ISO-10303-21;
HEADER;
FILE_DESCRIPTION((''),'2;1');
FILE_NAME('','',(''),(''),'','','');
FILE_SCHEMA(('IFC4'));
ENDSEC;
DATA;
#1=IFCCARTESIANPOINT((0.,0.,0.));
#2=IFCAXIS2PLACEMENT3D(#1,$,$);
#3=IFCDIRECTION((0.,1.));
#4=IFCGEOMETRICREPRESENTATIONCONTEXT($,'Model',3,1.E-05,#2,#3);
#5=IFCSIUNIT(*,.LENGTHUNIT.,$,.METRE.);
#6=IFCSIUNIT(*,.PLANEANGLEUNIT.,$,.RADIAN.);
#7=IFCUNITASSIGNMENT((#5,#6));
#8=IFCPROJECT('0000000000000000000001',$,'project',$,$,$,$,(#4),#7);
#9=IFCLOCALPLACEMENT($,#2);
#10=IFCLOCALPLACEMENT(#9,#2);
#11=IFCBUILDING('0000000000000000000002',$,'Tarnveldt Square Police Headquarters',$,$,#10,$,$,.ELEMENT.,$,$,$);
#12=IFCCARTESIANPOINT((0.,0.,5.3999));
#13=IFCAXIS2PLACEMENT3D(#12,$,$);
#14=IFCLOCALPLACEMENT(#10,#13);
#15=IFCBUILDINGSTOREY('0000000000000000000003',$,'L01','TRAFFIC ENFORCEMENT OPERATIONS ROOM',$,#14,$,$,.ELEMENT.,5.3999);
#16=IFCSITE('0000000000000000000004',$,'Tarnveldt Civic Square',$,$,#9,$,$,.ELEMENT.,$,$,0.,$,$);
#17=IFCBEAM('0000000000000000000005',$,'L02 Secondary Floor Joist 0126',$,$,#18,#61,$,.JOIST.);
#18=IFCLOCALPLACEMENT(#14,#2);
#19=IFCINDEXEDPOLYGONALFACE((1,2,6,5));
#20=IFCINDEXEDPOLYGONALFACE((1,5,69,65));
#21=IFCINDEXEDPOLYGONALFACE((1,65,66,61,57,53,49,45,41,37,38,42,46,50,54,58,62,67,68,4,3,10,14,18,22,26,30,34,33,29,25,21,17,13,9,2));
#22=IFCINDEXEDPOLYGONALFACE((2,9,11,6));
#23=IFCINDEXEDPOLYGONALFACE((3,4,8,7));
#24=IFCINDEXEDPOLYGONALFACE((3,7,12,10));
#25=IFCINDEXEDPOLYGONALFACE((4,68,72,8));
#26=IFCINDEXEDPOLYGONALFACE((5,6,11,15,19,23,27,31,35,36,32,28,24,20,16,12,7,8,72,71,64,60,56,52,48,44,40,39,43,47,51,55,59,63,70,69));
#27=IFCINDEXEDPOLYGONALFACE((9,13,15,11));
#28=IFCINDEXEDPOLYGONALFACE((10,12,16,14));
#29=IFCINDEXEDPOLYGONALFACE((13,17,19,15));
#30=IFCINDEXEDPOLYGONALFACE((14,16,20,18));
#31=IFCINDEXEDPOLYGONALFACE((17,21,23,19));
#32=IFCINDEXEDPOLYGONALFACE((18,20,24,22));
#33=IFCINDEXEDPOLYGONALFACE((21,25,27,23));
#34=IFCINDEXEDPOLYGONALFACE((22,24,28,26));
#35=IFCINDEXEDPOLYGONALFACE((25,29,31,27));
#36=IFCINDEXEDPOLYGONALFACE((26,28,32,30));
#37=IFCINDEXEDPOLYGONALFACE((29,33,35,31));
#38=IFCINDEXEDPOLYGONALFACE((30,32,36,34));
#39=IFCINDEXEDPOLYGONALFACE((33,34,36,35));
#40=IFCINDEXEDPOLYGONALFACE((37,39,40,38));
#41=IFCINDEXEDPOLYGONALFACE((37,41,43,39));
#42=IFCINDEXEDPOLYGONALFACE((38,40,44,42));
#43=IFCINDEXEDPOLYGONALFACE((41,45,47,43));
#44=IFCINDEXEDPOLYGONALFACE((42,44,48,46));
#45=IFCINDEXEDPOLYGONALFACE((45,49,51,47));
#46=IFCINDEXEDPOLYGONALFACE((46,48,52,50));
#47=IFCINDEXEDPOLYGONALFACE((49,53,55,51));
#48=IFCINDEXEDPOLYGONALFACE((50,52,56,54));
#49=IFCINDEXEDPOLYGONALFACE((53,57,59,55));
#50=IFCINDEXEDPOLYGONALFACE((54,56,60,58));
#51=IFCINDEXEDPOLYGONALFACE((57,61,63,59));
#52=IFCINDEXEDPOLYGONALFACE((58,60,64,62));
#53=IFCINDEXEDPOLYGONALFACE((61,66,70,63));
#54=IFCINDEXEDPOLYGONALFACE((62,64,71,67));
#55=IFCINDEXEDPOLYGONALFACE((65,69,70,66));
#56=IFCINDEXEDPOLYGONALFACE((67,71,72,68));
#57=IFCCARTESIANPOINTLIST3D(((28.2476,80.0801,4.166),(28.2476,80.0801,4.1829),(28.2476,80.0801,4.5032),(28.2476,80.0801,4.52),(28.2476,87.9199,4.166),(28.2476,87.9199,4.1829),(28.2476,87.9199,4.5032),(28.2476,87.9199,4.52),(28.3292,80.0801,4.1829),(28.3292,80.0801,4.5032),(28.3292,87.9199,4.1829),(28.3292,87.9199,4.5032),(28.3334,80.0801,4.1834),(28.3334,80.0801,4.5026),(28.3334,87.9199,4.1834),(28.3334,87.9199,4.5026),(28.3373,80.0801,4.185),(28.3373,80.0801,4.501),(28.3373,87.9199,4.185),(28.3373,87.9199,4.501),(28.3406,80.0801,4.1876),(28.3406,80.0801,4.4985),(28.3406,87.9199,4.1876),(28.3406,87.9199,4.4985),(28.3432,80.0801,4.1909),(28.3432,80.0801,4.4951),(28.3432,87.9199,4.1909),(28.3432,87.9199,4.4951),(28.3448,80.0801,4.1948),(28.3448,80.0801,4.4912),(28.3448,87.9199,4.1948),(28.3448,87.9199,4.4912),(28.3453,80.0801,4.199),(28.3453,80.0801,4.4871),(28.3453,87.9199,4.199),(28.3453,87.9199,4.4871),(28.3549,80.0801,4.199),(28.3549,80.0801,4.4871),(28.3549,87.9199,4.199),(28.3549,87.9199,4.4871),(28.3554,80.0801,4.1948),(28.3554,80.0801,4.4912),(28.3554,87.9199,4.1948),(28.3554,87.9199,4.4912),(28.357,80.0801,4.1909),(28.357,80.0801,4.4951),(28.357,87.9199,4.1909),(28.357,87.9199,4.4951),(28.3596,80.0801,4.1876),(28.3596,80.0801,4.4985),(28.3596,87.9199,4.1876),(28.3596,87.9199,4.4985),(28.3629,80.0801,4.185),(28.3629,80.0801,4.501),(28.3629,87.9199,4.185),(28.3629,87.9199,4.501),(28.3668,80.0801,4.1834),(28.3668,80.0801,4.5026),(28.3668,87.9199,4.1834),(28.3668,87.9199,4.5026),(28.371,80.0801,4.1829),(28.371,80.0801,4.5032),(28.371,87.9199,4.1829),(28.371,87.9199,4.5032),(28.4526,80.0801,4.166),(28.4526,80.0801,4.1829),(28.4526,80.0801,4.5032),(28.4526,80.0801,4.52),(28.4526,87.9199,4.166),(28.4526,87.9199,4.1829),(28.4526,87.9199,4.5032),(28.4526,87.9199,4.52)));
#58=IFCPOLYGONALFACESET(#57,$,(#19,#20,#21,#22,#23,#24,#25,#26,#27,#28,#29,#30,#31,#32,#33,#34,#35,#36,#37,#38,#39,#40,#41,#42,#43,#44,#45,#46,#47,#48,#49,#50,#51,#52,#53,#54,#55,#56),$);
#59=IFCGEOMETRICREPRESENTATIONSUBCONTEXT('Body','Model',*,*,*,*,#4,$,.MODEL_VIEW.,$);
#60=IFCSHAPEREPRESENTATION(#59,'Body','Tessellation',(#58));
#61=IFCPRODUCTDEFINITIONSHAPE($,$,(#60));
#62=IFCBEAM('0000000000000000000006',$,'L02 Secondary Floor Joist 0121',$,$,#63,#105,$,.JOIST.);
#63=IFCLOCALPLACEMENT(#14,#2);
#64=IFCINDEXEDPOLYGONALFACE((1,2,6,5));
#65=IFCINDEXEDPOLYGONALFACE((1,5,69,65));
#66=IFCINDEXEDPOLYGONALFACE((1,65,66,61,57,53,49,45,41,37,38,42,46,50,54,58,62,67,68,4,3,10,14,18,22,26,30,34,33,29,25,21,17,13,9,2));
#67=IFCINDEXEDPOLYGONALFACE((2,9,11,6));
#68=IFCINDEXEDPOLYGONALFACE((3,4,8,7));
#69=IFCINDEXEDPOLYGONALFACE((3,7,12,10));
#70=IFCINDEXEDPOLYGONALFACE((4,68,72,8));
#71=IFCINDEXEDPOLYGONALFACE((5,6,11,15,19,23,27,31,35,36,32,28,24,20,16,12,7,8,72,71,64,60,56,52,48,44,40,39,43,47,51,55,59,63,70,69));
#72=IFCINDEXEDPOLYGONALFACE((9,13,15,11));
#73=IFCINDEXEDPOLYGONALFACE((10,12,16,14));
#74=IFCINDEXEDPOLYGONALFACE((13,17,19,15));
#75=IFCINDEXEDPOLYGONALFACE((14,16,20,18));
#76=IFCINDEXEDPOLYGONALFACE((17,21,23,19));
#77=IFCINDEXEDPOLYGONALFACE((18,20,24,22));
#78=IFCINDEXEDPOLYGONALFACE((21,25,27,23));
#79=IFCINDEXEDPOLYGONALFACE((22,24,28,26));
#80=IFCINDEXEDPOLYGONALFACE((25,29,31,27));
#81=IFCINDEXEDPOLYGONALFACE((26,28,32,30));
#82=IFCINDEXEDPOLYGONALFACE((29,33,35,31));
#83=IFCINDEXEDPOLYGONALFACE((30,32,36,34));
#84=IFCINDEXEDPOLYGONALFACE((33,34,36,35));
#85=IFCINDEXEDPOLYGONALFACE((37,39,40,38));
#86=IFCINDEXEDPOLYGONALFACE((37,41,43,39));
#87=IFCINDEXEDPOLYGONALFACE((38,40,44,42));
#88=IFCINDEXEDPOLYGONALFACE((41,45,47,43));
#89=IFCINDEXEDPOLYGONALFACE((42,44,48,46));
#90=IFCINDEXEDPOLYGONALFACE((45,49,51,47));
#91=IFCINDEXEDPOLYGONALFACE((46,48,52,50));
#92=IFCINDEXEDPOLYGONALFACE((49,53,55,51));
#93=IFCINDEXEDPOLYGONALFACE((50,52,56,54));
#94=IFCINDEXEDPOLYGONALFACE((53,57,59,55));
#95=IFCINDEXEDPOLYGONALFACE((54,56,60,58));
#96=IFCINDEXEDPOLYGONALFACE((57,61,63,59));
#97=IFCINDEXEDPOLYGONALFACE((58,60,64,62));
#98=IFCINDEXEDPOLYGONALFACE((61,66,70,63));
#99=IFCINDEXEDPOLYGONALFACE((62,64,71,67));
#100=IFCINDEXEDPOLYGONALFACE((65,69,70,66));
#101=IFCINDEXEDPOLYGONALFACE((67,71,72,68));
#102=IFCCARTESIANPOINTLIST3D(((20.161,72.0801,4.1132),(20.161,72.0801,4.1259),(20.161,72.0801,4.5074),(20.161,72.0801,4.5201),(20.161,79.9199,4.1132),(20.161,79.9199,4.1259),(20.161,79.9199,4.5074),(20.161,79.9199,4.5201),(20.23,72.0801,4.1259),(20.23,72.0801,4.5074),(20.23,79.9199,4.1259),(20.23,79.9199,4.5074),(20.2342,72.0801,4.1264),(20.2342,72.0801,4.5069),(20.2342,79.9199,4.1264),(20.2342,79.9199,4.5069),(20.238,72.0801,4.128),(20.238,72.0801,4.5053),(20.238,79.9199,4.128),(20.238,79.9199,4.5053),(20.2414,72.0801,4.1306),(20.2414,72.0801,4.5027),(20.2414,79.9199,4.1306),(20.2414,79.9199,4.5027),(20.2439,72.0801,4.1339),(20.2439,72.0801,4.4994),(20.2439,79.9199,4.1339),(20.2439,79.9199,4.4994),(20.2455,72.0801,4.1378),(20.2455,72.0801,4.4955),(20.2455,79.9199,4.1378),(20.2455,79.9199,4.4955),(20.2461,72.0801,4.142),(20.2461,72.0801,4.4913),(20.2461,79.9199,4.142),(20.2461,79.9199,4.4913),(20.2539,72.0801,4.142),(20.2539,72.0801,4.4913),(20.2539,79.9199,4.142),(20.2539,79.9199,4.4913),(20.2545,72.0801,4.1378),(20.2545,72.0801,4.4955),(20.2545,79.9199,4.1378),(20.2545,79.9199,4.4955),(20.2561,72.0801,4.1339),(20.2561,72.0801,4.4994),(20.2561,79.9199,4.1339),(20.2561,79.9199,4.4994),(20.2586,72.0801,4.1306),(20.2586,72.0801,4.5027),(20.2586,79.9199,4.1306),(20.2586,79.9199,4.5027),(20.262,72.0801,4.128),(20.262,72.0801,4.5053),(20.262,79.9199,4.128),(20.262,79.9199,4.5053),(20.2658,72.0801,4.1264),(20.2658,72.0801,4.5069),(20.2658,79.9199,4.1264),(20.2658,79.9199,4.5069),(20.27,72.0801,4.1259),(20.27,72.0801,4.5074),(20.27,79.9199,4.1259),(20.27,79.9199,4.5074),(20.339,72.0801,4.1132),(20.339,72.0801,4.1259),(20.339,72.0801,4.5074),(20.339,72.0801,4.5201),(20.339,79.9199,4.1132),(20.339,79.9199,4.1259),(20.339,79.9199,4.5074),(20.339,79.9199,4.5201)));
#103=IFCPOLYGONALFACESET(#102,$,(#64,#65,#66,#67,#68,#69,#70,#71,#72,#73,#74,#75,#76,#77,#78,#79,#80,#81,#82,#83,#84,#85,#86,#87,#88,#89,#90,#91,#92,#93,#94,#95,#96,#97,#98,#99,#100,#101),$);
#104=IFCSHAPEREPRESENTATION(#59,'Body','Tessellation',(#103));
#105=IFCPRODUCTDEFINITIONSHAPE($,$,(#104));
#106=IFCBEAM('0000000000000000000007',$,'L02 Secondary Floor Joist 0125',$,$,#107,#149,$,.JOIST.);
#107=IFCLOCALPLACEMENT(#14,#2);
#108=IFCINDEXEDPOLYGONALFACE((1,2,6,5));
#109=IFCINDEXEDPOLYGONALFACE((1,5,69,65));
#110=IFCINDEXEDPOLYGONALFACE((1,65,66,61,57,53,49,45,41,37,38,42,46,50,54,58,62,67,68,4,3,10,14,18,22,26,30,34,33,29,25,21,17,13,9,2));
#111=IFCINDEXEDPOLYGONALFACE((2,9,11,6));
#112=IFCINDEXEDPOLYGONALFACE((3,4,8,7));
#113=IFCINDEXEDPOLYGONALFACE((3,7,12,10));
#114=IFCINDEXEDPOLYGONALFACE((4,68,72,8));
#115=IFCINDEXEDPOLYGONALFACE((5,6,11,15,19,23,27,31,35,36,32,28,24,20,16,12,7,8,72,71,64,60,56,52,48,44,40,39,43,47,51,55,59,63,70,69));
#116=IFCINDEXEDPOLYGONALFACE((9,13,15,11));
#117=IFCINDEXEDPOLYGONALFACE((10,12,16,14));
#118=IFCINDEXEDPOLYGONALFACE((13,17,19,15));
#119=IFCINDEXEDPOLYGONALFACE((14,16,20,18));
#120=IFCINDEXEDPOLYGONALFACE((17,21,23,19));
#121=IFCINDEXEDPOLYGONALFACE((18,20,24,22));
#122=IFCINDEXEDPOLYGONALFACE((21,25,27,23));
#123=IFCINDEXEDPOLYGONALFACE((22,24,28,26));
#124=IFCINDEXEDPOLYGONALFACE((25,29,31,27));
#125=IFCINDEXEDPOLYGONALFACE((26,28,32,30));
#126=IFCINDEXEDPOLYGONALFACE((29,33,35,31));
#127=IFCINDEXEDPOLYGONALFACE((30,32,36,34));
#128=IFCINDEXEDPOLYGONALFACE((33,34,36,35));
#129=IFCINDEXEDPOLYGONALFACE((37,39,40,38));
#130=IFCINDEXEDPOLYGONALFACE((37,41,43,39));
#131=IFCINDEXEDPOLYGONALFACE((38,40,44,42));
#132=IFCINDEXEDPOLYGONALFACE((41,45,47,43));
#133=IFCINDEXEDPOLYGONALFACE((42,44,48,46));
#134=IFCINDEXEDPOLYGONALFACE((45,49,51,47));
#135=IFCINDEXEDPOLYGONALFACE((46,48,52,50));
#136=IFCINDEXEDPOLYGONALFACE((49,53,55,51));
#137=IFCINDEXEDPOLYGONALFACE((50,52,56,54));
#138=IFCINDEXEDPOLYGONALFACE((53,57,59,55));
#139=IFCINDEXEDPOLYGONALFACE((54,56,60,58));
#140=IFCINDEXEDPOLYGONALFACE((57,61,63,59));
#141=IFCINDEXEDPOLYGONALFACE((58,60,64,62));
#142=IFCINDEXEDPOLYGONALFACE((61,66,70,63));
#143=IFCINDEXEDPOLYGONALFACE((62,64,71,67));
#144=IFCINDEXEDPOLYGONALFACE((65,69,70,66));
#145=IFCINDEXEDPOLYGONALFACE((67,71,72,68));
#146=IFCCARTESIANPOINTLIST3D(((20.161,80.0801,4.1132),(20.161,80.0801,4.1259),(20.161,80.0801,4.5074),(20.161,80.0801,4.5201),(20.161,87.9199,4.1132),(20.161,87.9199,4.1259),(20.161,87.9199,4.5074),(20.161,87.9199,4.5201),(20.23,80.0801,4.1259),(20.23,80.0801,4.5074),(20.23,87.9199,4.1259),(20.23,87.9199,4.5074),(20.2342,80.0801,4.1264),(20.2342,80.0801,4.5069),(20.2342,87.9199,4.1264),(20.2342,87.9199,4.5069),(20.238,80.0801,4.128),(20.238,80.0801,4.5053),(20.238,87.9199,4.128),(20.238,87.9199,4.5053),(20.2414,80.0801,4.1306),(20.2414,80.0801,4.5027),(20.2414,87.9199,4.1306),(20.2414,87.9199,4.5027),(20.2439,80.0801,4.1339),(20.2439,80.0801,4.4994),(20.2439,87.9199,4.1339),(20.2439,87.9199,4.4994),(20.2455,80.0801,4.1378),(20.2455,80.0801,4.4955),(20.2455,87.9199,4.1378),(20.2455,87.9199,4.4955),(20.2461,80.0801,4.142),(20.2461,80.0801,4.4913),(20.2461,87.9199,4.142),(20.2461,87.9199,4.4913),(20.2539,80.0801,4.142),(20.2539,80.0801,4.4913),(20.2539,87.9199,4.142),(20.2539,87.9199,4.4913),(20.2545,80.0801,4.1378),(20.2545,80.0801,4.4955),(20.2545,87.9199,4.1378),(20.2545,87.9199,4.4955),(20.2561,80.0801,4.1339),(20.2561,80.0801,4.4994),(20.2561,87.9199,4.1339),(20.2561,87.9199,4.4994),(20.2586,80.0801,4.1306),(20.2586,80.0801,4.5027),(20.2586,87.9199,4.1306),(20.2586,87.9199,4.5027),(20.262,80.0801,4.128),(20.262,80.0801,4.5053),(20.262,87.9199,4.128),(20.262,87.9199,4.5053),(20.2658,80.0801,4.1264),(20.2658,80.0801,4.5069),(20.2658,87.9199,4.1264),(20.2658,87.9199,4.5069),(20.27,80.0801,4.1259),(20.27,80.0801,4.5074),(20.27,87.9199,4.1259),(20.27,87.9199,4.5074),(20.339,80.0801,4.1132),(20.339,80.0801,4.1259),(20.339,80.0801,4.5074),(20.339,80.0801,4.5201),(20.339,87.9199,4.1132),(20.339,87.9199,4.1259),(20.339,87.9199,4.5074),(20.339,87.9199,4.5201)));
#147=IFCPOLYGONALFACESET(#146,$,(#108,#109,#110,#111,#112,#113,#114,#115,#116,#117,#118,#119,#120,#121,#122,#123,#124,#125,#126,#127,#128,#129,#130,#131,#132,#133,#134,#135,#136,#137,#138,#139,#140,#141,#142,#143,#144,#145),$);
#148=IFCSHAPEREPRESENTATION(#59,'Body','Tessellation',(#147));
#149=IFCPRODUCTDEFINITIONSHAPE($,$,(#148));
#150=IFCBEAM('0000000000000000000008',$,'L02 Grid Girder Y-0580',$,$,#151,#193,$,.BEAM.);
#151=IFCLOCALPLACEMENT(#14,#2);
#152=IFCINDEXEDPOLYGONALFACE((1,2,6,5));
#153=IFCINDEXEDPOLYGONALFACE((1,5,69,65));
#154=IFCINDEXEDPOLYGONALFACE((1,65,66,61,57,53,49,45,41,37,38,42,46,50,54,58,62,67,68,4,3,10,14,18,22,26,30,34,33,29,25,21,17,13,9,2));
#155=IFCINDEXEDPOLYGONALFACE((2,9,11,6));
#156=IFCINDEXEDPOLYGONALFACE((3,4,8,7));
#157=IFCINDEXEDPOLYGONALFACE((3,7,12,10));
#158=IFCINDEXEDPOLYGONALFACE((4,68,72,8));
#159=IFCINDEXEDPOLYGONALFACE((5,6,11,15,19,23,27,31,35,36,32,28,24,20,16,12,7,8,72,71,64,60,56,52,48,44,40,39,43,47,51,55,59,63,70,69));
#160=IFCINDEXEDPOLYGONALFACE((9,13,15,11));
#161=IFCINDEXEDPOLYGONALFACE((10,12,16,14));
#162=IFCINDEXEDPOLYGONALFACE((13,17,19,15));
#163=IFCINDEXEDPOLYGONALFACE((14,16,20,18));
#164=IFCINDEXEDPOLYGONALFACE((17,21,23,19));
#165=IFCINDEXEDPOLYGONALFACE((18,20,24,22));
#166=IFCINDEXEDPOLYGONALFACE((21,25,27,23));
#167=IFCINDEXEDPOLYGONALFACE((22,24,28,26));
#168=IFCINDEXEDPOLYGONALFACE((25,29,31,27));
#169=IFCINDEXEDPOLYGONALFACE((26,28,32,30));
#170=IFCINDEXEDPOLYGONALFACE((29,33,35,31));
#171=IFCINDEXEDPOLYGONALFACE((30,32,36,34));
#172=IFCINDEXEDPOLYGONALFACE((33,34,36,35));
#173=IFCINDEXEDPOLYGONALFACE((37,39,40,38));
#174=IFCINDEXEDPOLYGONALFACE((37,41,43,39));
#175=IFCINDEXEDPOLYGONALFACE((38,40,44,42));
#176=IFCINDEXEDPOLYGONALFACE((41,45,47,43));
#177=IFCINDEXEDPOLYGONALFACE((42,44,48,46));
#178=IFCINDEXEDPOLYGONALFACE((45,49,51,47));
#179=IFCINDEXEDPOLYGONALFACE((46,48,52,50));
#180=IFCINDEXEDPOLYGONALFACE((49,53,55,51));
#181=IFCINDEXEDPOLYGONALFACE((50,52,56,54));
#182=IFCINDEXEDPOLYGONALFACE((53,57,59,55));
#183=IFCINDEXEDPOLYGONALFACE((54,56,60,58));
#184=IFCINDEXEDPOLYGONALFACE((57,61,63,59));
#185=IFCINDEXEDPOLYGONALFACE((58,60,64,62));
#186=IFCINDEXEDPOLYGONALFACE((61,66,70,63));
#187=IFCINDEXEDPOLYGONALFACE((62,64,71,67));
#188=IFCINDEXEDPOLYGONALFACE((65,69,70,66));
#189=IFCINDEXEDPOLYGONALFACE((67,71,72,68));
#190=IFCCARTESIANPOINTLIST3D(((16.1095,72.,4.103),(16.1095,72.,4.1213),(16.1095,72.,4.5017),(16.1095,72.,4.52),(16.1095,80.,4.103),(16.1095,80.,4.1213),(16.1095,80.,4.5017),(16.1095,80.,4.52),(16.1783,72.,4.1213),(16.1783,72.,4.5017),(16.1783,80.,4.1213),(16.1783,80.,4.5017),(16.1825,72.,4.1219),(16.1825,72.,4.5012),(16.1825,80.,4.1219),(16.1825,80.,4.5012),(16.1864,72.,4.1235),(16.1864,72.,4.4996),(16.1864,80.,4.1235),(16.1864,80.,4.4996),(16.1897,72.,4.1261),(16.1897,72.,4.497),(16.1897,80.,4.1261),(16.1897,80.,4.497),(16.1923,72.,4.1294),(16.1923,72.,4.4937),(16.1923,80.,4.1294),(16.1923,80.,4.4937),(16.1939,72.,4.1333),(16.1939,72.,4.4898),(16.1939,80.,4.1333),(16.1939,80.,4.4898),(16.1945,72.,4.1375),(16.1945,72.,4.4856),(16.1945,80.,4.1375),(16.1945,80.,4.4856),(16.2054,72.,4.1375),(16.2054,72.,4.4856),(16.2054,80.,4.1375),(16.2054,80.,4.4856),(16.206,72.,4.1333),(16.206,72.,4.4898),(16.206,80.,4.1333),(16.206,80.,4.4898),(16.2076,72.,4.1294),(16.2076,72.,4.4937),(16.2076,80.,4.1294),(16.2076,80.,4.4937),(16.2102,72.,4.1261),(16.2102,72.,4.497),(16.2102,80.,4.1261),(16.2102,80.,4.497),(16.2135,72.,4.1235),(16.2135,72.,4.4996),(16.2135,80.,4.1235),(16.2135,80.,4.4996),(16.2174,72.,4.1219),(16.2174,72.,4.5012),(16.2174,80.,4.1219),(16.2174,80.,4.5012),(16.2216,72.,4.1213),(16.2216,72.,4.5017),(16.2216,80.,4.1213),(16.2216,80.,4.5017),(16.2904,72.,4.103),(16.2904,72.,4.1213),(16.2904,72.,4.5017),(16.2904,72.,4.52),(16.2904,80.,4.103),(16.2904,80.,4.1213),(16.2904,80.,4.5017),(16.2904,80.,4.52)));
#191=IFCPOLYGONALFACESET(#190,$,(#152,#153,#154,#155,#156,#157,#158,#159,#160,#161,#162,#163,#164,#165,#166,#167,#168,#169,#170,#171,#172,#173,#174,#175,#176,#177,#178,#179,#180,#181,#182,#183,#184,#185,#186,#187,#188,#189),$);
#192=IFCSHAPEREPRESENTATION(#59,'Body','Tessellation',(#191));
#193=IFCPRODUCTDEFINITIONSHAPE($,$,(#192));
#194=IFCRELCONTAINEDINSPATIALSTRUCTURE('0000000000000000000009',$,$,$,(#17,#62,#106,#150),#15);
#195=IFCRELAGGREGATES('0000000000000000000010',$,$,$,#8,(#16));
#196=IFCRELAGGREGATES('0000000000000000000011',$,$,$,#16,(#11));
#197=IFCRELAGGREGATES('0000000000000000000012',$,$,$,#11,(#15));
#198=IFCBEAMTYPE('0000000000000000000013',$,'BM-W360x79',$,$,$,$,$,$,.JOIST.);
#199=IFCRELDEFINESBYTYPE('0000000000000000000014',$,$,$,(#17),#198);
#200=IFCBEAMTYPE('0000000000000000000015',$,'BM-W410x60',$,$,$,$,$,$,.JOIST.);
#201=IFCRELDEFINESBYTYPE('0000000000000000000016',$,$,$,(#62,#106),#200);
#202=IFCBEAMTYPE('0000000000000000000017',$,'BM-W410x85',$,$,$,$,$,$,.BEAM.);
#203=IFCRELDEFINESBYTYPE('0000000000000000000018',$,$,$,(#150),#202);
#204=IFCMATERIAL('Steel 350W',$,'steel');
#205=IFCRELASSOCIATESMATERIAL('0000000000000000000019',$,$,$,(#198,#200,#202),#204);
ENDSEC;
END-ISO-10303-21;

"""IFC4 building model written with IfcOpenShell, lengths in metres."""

from ifc_helpers import new_model, si_unit, direction, frame, origin, origin_2d, place, context, subcontext, project, spatial, i_section, extrude, material, material_profile, profile_set, type_object, element, save


model = new_model("IFC4")

# Units and contexts
model_context = context("Model", 3, precision=1e-05, world=origin(), true_north=direction((0.0, 1.0)))
body_context = subcontext(model_context, "Body", "Model", "MODEL_VIEW")
ifc_project = project(units=[si_unit("LENGTHUNIT", "METRE"), si_unit("PLANEANGLEUNIT", "RADIAN")], contexts=[model_context])

# Site, building, storey
site_placement = place(None, origin())
site = spatial("IfcSite", under=ifc_project, at=site_placement, Name="Tarnveldt Civic Square", CompositionType="ELEMENT", RefElevation=0.0)
building_placement = place(site_placement, origin())
building = spatial("IfcBuilding", under=site, at=building_placement, Name="Tarnveldt Square Police Headquarters", CompositionType="ELEMENT")
storey_placement = place(building_placement, frame((0.0, 0.0, 5.3999)))
storey = spatial("IfcBuildingStorey", under=building, at=storey_placement, Name="L01", Description="TRAFFIC ENFORCEMENT OPERATIONS ROOM", CompositionType="ELEMENT", Elevation=5.3999)

# Beams
ifc_material_1 = material(Name="Steel 350W", Category="steel")
ifc_material_profile_1 = material_profile(ifc_material_1, i_section(OverallWidth=0.2051, OverallDepth=0.354, WebThickness=0.0095, FlangeThickness=0.0168, FilletRadius=0.0161, at=origin_2d()), Name="W360x79")
ifc_profile_set_1 = profile_set([ifc_material_profile_1], Name="Steel 350W")
beam_type_1 = type_object("IfcBeamType", Name="BM-W360x79", PredefinedType="JOIST", material=ifc_profile_set_1)
for number, where, z_axis, x_axis, name in (
    (1, (28.3501, 80.0801, 4.343), (0.0, 1.0, 0.0), (-1.0, 0.0, 0.0), "L02 Secondary Floor Joist 0126"),
):
    element("IfcBeam", number, at=place(storey_placement, frame(where, z_axis=z_axis, x_axis=x_axis)), inside=storey, type_object=beam_type_1, Name=name, PredefinedType="JOIST", context=body_context, shape_type="SweptSolid", body=[
        extrude(i_section(OverallWidth=0.2051, OverallDepth=0.354, WebThickness=0.0095, FlangeThickness=0.0168, FilletRadius=0.0161, at=origin_2d()), origin(), (0.0, 0.0, 1.0), 7.8398),
    ])
ifc_material_profile_2 = material_profile(ifc_material_1, i_section(OverallWidth=0.178, OverallDepth=0.407, WebThickness=0.0078, FlangeThickness=0.0127, FilletRadius=0.0161, at=origin_2d()), Name="W410x60")
ifc_profile_set_2 = profile_set([ifc_material_profile_2], Name="Steel 350W")
beam_type_2 = type_object("IfcBeamType", Name="BM-W410x60", PredefinedType="JOIST", material=ifc_profile_set_2)
for number, where, z_axis, x_axis, name in (
    (2, (20.25, 72.0801, 4.3167), (0.0, 1.0, 0.0), (-1.0, 0.0, 0.0), "L02 Secondary Floor Joist 0121"),
    (3, (20.25, 80.0801, 4.3167), (0.0, 1.0, 0.0), (-1.0, 0.0, 0.0), "L02 Secondary Floor Joist 0125"),
):
    element("IfcBeam", number, at=place(storey_placement, frame(where, z_axis=z_axis, x_axis=x_axis)), inside=storey, type_object=beam_type_2, Name=name, PredefinedType="JOIST", context=body_context, shape_type="SweptSolid", body=[
        extrude(i_section(OverallWidth=0.178, OverallDepth=0.407, WebThickness=0.0078, FlangeThickness=0.0127, FilletRadius=0.0161, at=origin_2d()), origin(), (0.0, 0.0, 1.0), 7.8398),
    ])
ifc_material_profile_3 = material_profile(ifc_material_1, i_section(OverallWidth=0.1809, OverallDepth=0.417, WebThickness=0.011, FlangeThickness=0.0183, FilletRadius=0.0161, at=origin_2d()), Name="W410x85")
ifc_profile_set_3 = profile_set([ifc_material_profile_3], Name="Steel 350W")
beam_type_3 = type_object("IfcBeamType", Name="BM-W410x85", PredefinedType="BEAM", material=ifc_profile_set_3)
for number, where, z_axis, x_axis, name in (
    (4, (16.2, 72.0, 4.3115), (0.0, 1.0, 0.0), (-1.0, 0.0, 0.0), "L02 Grid Girder Y-0580"),
):
    element("IfcBeam", number, at=place(storey_placement, frame(where, z_axis=z_axis, x_axis=x_axis)), inside=storey, type_object=beam_type_3, Name=name, PredefinedType="BEAM", context=body_context, shape_type="SweptSolid", body=[
        extrude(i_section(OverallWidth=0.1809, OverallDepth=0.417, WebThickness=0.011, FlangeThickness=0.0183, FilletRadius=0.0161, at=origin_2d()), origin(), (0.0, 0.0, 1.0), 8.0),
    ])

save(model, "model.ifc")
